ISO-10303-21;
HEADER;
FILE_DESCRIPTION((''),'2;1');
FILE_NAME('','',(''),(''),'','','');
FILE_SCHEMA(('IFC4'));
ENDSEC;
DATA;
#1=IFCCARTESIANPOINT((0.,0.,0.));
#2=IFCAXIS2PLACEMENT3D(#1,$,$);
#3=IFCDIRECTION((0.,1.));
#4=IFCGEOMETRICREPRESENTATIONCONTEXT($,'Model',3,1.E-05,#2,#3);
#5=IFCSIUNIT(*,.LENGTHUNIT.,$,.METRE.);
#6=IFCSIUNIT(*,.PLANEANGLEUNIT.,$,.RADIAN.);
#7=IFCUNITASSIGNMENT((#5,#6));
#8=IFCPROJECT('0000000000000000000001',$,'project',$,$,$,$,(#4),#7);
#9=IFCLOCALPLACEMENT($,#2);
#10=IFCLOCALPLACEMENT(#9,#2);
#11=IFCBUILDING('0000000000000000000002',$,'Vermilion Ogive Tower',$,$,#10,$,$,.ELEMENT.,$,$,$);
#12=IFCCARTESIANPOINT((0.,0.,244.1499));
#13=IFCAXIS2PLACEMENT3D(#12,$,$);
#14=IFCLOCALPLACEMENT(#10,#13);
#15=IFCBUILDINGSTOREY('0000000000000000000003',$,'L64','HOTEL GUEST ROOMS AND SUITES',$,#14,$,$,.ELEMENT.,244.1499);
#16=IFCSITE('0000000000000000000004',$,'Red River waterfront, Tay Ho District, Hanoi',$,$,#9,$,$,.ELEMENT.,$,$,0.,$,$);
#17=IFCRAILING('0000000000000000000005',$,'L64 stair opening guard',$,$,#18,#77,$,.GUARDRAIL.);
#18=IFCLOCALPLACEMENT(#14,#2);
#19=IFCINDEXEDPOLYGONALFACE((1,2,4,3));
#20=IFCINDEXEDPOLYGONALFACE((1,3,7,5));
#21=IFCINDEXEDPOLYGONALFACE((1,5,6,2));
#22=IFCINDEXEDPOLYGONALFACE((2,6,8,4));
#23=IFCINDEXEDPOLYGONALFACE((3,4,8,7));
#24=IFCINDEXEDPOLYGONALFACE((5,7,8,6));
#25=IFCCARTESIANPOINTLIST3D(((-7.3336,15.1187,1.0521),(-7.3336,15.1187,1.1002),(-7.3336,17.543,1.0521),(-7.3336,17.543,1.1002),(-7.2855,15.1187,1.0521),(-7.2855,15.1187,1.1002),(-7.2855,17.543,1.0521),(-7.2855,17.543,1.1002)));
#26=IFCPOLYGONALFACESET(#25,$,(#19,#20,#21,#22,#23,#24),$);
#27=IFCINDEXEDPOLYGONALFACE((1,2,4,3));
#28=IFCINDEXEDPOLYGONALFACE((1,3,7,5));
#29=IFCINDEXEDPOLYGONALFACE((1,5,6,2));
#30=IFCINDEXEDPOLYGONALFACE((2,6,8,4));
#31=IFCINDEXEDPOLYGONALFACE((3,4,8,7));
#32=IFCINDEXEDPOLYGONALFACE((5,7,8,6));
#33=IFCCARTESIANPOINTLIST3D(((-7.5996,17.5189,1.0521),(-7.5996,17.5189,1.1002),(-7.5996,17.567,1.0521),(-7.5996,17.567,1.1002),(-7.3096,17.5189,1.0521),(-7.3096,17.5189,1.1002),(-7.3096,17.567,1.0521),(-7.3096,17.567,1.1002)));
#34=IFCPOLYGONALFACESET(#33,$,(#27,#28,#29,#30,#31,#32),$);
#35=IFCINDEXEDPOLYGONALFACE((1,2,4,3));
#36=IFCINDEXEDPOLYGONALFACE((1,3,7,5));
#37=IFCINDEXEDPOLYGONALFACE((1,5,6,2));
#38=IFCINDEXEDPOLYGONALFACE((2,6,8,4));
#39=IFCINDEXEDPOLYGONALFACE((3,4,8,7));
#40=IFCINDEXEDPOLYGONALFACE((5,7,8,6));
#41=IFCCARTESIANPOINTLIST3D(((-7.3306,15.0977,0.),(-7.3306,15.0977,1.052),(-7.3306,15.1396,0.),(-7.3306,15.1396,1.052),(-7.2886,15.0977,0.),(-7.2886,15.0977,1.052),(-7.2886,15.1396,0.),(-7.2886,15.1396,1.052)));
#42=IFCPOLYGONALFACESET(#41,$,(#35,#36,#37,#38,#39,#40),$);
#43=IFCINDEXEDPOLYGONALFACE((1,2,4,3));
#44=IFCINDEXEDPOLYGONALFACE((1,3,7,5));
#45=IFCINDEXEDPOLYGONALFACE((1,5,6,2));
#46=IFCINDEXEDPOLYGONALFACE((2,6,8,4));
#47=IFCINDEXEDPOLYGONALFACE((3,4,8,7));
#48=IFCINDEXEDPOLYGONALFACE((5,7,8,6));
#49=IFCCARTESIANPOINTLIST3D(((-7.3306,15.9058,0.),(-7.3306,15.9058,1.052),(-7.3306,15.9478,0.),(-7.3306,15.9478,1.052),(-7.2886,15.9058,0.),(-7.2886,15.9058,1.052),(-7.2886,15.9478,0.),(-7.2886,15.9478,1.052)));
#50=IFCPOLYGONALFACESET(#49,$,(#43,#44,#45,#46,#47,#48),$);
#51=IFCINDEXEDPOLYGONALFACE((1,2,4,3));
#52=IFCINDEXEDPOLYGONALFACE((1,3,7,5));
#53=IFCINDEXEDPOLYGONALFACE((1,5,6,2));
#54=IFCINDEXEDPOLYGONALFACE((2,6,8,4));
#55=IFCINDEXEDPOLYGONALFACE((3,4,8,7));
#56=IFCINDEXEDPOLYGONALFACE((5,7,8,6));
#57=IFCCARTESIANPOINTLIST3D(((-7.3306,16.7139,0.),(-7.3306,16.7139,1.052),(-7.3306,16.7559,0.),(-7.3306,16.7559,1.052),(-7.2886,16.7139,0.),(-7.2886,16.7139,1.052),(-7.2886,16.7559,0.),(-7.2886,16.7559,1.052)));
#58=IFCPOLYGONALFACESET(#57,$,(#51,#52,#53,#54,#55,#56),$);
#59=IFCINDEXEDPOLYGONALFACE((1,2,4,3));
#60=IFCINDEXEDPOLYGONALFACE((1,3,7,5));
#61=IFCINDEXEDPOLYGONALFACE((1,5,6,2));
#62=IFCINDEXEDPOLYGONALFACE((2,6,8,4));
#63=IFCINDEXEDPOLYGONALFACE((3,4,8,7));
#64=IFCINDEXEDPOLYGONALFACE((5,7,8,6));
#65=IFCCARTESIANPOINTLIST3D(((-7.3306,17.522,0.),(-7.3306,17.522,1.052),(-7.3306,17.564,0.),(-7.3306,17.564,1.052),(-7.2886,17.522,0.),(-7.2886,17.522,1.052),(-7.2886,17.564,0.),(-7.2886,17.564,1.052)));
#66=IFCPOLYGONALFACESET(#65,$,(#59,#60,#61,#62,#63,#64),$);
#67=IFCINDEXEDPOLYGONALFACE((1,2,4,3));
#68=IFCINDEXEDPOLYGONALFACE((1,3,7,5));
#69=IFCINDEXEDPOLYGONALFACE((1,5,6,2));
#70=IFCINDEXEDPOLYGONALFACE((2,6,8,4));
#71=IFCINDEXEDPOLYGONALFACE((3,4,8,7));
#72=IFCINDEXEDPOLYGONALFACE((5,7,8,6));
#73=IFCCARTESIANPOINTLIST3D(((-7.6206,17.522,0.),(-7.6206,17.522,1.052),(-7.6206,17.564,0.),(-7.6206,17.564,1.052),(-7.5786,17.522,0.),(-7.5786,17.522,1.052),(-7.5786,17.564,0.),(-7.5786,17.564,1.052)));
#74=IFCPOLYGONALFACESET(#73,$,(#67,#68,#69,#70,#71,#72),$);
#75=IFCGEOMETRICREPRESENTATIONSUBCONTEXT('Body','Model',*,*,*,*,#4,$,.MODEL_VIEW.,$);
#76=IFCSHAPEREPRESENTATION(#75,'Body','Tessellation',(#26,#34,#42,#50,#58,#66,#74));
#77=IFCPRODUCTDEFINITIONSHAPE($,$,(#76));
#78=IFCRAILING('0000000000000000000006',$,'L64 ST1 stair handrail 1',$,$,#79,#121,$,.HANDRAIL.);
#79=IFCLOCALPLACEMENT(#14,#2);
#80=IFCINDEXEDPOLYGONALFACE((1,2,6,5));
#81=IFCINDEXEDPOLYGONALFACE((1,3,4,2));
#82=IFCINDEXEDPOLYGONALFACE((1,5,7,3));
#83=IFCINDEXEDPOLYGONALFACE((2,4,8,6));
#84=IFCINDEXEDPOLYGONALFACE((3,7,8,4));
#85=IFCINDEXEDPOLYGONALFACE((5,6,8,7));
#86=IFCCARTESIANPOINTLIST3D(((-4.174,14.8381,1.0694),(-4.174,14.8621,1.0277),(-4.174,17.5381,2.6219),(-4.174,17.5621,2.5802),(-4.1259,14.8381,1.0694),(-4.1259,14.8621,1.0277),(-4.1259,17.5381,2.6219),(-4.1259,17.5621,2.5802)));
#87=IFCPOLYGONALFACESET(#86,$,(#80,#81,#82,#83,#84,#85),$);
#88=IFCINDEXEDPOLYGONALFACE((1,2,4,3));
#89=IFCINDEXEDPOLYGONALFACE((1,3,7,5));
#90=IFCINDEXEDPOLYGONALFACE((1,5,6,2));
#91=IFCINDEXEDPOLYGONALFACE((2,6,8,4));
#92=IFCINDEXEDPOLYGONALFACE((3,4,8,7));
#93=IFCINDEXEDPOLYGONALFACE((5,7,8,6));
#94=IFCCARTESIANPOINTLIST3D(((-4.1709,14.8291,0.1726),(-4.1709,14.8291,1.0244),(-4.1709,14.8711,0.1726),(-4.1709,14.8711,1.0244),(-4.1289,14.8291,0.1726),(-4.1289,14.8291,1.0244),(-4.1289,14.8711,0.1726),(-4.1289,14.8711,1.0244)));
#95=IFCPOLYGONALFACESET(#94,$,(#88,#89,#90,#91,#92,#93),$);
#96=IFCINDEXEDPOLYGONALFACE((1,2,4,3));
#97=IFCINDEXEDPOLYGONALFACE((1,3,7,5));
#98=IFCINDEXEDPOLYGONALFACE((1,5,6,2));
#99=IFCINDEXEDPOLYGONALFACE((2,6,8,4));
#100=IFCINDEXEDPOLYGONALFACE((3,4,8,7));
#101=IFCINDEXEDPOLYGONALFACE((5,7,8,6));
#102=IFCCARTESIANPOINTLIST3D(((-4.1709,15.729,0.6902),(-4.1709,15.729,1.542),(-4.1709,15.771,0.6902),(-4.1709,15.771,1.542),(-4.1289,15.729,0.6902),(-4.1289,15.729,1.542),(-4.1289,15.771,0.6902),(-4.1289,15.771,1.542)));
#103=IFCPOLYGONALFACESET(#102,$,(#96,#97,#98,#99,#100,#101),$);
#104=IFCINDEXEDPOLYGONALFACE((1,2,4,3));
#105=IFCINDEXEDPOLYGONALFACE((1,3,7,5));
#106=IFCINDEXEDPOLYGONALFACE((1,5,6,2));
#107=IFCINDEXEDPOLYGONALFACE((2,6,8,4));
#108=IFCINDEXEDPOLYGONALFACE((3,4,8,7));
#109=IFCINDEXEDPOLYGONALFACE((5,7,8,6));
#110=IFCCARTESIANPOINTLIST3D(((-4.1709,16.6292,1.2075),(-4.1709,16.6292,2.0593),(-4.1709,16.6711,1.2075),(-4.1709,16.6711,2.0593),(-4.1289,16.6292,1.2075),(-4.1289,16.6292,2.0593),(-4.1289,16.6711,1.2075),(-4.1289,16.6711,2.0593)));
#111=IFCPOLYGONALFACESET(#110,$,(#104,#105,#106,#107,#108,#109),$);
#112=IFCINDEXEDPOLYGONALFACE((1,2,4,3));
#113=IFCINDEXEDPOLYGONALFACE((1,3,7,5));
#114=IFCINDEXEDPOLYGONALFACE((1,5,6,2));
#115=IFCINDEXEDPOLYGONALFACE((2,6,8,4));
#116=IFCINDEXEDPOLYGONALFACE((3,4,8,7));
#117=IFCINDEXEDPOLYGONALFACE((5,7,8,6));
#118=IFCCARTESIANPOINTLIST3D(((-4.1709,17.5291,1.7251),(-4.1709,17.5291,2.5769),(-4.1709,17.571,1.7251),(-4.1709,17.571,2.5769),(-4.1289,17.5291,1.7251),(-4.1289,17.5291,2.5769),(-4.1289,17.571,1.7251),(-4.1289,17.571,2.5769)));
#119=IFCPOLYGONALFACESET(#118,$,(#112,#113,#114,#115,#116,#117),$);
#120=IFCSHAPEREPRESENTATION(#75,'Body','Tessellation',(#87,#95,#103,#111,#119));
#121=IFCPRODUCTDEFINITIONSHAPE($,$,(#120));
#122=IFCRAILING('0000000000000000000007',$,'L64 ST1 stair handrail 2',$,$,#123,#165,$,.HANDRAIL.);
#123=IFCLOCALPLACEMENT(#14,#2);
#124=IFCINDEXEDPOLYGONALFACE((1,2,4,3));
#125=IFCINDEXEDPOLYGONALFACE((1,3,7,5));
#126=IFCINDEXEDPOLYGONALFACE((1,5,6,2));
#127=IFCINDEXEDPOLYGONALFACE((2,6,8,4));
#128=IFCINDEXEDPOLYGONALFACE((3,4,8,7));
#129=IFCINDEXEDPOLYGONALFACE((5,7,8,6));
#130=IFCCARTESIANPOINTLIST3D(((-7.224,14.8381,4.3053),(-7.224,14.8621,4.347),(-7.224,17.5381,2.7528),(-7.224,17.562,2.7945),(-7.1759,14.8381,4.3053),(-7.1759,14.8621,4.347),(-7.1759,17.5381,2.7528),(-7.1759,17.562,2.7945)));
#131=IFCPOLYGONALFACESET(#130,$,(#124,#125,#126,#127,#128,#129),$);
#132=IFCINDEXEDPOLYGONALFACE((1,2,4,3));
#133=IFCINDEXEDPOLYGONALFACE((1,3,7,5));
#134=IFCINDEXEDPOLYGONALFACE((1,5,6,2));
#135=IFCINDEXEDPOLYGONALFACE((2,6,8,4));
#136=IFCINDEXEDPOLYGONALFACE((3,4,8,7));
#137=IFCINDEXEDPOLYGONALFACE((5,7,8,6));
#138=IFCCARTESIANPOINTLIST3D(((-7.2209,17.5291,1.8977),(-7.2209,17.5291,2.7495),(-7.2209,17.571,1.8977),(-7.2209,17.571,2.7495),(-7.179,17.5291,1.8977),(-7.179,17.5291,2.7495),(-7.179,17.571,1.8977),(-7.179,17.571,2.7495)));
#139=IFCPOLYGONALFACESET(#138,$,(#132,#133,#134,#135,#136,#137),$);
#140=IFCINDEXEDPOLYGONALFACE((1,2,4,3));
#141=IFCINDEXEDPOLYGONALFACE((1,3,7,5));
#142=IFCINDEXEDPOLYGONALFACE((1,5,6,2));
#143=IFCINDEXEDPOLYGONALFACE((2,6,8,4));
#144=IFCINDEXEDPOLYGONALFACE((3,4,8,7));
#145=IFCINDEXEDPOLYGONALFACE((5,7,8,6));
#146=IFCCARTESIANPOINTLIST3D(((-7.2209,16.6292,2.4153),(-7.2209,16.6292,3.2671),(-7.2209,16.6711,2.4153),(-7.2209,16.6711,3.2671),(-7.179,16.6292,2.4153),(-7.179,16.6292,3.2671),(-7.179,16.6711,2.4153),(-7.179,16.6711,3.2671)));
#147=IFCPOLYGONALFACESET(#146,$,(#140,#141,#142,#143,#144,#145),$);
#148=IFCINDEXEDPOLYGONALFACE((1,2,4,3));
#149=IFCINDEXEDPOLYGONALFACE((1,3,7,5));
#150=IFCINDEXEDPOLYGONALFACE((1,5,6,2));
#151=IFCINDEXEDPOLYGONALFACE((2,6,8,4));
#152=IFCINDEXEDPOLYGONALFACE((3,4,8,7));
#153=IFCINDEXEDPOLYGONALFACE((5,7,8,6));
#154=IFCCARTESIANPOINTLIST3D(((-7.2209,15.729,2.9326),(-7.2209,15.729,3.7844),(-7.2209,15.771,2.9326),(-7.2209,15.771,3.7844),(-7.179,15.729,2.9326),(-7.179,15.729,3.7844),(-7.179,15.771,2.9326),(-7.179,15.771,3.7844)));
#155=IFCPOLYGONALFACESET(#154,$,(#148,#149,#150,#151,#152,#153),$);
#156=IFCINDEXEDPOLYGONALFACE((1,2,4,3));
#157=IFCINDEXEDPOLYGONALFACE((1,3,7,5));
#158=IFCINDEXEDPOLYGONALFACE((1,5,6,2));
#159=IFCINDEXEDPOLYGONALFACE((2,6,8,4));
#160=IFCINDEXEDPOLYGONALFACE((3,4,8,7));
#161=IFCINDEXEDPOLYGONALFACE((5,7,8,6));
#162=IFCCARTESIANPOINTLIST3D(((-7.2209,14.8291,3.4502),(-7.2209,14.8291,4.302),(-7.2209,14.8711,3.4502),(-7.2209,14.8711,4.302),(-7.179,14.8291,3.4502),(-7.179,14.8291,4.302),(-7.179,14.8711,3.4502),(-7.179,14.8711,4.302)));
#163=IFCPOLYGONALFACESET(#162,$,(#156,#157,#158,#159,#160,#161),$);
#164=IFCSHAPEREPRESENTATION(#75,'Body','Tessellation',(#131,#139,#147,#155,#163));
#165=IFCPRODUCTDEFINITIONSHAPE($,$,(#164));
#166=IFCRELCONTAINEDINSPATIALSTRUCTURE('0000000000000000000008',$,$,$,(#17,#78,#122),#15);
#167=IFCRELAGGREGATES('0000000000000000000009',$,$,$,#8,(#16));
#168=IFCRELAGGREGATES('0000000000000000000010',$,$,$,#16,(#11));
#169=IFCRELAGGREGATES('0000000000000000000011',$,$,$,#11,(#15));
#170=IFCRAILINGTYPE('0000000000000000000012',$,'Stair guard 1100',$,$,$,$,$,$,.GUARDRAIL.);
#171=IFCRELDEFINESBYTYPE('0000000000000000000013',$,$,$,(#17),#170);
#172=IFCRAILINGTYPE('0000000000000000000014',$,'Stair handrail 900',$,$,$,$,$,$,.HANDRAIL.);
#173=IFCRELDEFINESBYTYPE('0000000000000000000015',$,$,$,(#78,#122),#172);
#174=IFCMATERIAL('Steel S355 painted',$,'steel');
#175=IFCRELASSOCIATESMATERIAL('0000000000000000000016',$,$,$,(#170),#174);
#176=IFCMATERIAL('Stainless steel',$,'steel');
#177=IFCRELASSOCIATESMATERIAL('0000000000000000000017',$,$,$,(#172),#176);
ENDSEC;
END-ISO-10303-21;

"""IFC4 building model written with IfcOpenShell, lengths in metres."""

from ifc_helpers import new_model, si_unit, direction, frame, origin, origin_2d, place, context, subcontext, project, spatial, rectangle, extrude, material, type_object, element, save


model = new_model("IFC4")

# Units and contexts
model_context = context("Model", 3, precision=1e-05, world=origin(), true_north=direction((0.0, 1.0)))
body_context = subcontext(model_context, "Body", "Model", "MODEL_VIEW")
ifc_project = project(units=[si_unit("LENGTHUNIT", "METRE"), si_unit("PLANEANGLEUNIT", "RADIAN")], contexts=[model_context])

# Site, building, storey
site_placement = place(None, origin())
site = spatial("IfcSite", under=ifc_project, at=site_placement, Name="Red River waterfront, Tay Ho District, Hanoi", CompositionType="ELEMENT", RefElevation=0.0)
building_placement = place(site_placement, origin())
building = spatial("IfcBuilding", under=site, at=building_placement, Name="Vermilion Ogive Tower", CompositionType="ELEMENT")
storey_placement = place(building_placement, frame((0.0, 0.0, 244.1499)))
storey = spatial("IfcBuildingStorey", under=building, at=storey_placement, Name="L64", Description="HOTEL GUEST ROOMS AND SUITES", CompositionType="ELEMENT", Elevation=244.1499)

# Railings
ifc_material_1 = material(Name="Steel S355 painted", Category="steel")
railing_type_1 = type_object("IfcRailingType", Name="Stair guard 1100", PredefinedType="GUARDRAIL", material=ifc_material_1)
railing_1_placement = place(storey_placement, frame((-7.3096, 15.1187, 0.0)))
element("IfcRailing", 1, at=railing_1_placement, inside=storey, type_object=railing_type_1, Name="L64 stair opening guard", PredefinedType="GUARDRAIL", context=body_context, shape_type="SweptSolid", body=[
    extrude(rectangle(XDim=0.0481, YDim=0.0481, at=origin_2d()), frame((0.0, 0.0, 1.0762), z_axis=(0.0, 1.0, 0.0), x_axis=(-1.0, 0.0, 0.0)), (0.0, 0.0, 1.0), 2.4243),
    extrude(rectangle(XDim=0.0481, YDim=0.0481, at=origin_2d()), frame((0.0, 2.4243, 1.0762), z_axis=(-1.0, 0.0, 0.0), x_axis=(0.0, -1.0, 0.0)), (0.0, 0.0, 1.0), 0.29),
    extrude(rectangle(XDim=0.042, YDim=0.042, at=origin_2d()), origin(), (0.0, 0.0, 1.0), 1.052),
    extrude(rectangle(XDim=0.042, YDim=0.042, at=origin_2d()), frame((0.0, 0.8081, 0.0)), (0.0, 0.0, 1.0), 1.052),
    extrude(rectangle(XDim=0.042, YDim=0.042, at=origin_2d()), frame((0.0, 1.6162, 0.0)), (0.0, 0.0, 1.0), 1.052),
    extrude(rectangle(XDim=0.042, YDim=0.042, at=origin_2d()), frame((0.0, 2.4243, 0.0)), (0.0, 0.0, 1.0), 1.052),
    extrude(rectangle(XDim=0.042, YDim=0.042, at=origin_2d()), frame((-0.29, 2.4243, 0.0)), (0.0, 0.0, 1.0), 1.052),
])
ifc_material_2 = material(Name="Stainless steel", Category="steel")
railing_type_2 = type_object("IfcRailingType", Name="Stair handrail 900", PredefinedType="HANDRAIL", material=ifc_material_2)
railing_2_placement = place(storey_placement, frame((-4.1499, 14.8501, 0.1726)))
element("IfcRailing", 2, at=railing_2_placement, inside=storey, type_object=railing_type_2, Name="L64 ST1 stair handrail 1", PredefinedType="HANDRAIL", context=body_context, shape_type="SweptSolid", body=[
    extrude(rectangle(XDim=0.0481, YDim=0.0481, at=origin_2d()), frame((0.0, 0.0, 0.876), z_axis=(0.0, 0.866904, 0.498476), x_axis=(-1.0, 0.0, 0.0)), (0.0, 0.0, 1.0), 3.1145),
    extrude(rectangle(XDim=0.042, YDim=0.042, at=origin_2d()), origin(), (0.0, 0.0, 1.0), 0.8518),
    extrude(rectangle(XDim=0.042, YDim=0.042, at=origin_2d()), frame((0.0, 0.8999, 0.5176)), (0.0, 0.0, 1.0), 0.8518),
    extrude(rectangle(XDim=0.042, YDim=0.042, at=origin_2d()), frame((0.0, 1.8, 1.0349)), (0.0, 0.0, 1.0), 0.8518),
    extrude(rectangle(XDim=0.042, YDim=0.042, at=origin_2d()), frame((0.0, 2.7, 1.5525)), (0.0, 0.0, 1.0), 0.8518),
])
railing_3_placement = place(storey_placement, frame((-7.2, 17.55, 1.8977)))
element("IfcRailing", 3, at=railing_3_placement, inside=storey, type_object=railing_type_2, Name="L64 ST1 stair handrail 2", PredefinedType="HANDRAIL", context=body_context, shape_type="SweptSolid", body=[
    extrude(rectangle(XDim=0.0481, YDim=0.0481, at=origin_2d()), frame((0.0, 0.0, 0.876), z_axis=(0.0, -0.866904, 0.498476), x_axis=(1.0, 0.0, 0.0)), (0.0, 0.0, 1.0), 3.1145),
    extrude(rectangle(XDim=0.042, YDim=0.042, at=origin_2d()), origin(), (0.0, 0.0, 1.0), 0.8518),
    extrude(rectangle(XDim=0.042, YDim=0.042, at=origin_2d()), frame((0.0, -0.8999, 0.5176)), (0.0, 0.0, 1.0), 0.8518),
    extrude(rectangle(XDim=0.042, YDim=0.042, at=origin_2d()), frame((0.0, -1.8, 1.0349)), (0.0, 0.0, 1.0), 0.8518),
    extrude(rectangle(XDim=0.042, YDim=0.042, at=origin_2d()), frame((0.0, -2.7, 1.5525)), (0.0, 0.0, 1.0), 0.8518),
])

save(model, "model.ifc")
